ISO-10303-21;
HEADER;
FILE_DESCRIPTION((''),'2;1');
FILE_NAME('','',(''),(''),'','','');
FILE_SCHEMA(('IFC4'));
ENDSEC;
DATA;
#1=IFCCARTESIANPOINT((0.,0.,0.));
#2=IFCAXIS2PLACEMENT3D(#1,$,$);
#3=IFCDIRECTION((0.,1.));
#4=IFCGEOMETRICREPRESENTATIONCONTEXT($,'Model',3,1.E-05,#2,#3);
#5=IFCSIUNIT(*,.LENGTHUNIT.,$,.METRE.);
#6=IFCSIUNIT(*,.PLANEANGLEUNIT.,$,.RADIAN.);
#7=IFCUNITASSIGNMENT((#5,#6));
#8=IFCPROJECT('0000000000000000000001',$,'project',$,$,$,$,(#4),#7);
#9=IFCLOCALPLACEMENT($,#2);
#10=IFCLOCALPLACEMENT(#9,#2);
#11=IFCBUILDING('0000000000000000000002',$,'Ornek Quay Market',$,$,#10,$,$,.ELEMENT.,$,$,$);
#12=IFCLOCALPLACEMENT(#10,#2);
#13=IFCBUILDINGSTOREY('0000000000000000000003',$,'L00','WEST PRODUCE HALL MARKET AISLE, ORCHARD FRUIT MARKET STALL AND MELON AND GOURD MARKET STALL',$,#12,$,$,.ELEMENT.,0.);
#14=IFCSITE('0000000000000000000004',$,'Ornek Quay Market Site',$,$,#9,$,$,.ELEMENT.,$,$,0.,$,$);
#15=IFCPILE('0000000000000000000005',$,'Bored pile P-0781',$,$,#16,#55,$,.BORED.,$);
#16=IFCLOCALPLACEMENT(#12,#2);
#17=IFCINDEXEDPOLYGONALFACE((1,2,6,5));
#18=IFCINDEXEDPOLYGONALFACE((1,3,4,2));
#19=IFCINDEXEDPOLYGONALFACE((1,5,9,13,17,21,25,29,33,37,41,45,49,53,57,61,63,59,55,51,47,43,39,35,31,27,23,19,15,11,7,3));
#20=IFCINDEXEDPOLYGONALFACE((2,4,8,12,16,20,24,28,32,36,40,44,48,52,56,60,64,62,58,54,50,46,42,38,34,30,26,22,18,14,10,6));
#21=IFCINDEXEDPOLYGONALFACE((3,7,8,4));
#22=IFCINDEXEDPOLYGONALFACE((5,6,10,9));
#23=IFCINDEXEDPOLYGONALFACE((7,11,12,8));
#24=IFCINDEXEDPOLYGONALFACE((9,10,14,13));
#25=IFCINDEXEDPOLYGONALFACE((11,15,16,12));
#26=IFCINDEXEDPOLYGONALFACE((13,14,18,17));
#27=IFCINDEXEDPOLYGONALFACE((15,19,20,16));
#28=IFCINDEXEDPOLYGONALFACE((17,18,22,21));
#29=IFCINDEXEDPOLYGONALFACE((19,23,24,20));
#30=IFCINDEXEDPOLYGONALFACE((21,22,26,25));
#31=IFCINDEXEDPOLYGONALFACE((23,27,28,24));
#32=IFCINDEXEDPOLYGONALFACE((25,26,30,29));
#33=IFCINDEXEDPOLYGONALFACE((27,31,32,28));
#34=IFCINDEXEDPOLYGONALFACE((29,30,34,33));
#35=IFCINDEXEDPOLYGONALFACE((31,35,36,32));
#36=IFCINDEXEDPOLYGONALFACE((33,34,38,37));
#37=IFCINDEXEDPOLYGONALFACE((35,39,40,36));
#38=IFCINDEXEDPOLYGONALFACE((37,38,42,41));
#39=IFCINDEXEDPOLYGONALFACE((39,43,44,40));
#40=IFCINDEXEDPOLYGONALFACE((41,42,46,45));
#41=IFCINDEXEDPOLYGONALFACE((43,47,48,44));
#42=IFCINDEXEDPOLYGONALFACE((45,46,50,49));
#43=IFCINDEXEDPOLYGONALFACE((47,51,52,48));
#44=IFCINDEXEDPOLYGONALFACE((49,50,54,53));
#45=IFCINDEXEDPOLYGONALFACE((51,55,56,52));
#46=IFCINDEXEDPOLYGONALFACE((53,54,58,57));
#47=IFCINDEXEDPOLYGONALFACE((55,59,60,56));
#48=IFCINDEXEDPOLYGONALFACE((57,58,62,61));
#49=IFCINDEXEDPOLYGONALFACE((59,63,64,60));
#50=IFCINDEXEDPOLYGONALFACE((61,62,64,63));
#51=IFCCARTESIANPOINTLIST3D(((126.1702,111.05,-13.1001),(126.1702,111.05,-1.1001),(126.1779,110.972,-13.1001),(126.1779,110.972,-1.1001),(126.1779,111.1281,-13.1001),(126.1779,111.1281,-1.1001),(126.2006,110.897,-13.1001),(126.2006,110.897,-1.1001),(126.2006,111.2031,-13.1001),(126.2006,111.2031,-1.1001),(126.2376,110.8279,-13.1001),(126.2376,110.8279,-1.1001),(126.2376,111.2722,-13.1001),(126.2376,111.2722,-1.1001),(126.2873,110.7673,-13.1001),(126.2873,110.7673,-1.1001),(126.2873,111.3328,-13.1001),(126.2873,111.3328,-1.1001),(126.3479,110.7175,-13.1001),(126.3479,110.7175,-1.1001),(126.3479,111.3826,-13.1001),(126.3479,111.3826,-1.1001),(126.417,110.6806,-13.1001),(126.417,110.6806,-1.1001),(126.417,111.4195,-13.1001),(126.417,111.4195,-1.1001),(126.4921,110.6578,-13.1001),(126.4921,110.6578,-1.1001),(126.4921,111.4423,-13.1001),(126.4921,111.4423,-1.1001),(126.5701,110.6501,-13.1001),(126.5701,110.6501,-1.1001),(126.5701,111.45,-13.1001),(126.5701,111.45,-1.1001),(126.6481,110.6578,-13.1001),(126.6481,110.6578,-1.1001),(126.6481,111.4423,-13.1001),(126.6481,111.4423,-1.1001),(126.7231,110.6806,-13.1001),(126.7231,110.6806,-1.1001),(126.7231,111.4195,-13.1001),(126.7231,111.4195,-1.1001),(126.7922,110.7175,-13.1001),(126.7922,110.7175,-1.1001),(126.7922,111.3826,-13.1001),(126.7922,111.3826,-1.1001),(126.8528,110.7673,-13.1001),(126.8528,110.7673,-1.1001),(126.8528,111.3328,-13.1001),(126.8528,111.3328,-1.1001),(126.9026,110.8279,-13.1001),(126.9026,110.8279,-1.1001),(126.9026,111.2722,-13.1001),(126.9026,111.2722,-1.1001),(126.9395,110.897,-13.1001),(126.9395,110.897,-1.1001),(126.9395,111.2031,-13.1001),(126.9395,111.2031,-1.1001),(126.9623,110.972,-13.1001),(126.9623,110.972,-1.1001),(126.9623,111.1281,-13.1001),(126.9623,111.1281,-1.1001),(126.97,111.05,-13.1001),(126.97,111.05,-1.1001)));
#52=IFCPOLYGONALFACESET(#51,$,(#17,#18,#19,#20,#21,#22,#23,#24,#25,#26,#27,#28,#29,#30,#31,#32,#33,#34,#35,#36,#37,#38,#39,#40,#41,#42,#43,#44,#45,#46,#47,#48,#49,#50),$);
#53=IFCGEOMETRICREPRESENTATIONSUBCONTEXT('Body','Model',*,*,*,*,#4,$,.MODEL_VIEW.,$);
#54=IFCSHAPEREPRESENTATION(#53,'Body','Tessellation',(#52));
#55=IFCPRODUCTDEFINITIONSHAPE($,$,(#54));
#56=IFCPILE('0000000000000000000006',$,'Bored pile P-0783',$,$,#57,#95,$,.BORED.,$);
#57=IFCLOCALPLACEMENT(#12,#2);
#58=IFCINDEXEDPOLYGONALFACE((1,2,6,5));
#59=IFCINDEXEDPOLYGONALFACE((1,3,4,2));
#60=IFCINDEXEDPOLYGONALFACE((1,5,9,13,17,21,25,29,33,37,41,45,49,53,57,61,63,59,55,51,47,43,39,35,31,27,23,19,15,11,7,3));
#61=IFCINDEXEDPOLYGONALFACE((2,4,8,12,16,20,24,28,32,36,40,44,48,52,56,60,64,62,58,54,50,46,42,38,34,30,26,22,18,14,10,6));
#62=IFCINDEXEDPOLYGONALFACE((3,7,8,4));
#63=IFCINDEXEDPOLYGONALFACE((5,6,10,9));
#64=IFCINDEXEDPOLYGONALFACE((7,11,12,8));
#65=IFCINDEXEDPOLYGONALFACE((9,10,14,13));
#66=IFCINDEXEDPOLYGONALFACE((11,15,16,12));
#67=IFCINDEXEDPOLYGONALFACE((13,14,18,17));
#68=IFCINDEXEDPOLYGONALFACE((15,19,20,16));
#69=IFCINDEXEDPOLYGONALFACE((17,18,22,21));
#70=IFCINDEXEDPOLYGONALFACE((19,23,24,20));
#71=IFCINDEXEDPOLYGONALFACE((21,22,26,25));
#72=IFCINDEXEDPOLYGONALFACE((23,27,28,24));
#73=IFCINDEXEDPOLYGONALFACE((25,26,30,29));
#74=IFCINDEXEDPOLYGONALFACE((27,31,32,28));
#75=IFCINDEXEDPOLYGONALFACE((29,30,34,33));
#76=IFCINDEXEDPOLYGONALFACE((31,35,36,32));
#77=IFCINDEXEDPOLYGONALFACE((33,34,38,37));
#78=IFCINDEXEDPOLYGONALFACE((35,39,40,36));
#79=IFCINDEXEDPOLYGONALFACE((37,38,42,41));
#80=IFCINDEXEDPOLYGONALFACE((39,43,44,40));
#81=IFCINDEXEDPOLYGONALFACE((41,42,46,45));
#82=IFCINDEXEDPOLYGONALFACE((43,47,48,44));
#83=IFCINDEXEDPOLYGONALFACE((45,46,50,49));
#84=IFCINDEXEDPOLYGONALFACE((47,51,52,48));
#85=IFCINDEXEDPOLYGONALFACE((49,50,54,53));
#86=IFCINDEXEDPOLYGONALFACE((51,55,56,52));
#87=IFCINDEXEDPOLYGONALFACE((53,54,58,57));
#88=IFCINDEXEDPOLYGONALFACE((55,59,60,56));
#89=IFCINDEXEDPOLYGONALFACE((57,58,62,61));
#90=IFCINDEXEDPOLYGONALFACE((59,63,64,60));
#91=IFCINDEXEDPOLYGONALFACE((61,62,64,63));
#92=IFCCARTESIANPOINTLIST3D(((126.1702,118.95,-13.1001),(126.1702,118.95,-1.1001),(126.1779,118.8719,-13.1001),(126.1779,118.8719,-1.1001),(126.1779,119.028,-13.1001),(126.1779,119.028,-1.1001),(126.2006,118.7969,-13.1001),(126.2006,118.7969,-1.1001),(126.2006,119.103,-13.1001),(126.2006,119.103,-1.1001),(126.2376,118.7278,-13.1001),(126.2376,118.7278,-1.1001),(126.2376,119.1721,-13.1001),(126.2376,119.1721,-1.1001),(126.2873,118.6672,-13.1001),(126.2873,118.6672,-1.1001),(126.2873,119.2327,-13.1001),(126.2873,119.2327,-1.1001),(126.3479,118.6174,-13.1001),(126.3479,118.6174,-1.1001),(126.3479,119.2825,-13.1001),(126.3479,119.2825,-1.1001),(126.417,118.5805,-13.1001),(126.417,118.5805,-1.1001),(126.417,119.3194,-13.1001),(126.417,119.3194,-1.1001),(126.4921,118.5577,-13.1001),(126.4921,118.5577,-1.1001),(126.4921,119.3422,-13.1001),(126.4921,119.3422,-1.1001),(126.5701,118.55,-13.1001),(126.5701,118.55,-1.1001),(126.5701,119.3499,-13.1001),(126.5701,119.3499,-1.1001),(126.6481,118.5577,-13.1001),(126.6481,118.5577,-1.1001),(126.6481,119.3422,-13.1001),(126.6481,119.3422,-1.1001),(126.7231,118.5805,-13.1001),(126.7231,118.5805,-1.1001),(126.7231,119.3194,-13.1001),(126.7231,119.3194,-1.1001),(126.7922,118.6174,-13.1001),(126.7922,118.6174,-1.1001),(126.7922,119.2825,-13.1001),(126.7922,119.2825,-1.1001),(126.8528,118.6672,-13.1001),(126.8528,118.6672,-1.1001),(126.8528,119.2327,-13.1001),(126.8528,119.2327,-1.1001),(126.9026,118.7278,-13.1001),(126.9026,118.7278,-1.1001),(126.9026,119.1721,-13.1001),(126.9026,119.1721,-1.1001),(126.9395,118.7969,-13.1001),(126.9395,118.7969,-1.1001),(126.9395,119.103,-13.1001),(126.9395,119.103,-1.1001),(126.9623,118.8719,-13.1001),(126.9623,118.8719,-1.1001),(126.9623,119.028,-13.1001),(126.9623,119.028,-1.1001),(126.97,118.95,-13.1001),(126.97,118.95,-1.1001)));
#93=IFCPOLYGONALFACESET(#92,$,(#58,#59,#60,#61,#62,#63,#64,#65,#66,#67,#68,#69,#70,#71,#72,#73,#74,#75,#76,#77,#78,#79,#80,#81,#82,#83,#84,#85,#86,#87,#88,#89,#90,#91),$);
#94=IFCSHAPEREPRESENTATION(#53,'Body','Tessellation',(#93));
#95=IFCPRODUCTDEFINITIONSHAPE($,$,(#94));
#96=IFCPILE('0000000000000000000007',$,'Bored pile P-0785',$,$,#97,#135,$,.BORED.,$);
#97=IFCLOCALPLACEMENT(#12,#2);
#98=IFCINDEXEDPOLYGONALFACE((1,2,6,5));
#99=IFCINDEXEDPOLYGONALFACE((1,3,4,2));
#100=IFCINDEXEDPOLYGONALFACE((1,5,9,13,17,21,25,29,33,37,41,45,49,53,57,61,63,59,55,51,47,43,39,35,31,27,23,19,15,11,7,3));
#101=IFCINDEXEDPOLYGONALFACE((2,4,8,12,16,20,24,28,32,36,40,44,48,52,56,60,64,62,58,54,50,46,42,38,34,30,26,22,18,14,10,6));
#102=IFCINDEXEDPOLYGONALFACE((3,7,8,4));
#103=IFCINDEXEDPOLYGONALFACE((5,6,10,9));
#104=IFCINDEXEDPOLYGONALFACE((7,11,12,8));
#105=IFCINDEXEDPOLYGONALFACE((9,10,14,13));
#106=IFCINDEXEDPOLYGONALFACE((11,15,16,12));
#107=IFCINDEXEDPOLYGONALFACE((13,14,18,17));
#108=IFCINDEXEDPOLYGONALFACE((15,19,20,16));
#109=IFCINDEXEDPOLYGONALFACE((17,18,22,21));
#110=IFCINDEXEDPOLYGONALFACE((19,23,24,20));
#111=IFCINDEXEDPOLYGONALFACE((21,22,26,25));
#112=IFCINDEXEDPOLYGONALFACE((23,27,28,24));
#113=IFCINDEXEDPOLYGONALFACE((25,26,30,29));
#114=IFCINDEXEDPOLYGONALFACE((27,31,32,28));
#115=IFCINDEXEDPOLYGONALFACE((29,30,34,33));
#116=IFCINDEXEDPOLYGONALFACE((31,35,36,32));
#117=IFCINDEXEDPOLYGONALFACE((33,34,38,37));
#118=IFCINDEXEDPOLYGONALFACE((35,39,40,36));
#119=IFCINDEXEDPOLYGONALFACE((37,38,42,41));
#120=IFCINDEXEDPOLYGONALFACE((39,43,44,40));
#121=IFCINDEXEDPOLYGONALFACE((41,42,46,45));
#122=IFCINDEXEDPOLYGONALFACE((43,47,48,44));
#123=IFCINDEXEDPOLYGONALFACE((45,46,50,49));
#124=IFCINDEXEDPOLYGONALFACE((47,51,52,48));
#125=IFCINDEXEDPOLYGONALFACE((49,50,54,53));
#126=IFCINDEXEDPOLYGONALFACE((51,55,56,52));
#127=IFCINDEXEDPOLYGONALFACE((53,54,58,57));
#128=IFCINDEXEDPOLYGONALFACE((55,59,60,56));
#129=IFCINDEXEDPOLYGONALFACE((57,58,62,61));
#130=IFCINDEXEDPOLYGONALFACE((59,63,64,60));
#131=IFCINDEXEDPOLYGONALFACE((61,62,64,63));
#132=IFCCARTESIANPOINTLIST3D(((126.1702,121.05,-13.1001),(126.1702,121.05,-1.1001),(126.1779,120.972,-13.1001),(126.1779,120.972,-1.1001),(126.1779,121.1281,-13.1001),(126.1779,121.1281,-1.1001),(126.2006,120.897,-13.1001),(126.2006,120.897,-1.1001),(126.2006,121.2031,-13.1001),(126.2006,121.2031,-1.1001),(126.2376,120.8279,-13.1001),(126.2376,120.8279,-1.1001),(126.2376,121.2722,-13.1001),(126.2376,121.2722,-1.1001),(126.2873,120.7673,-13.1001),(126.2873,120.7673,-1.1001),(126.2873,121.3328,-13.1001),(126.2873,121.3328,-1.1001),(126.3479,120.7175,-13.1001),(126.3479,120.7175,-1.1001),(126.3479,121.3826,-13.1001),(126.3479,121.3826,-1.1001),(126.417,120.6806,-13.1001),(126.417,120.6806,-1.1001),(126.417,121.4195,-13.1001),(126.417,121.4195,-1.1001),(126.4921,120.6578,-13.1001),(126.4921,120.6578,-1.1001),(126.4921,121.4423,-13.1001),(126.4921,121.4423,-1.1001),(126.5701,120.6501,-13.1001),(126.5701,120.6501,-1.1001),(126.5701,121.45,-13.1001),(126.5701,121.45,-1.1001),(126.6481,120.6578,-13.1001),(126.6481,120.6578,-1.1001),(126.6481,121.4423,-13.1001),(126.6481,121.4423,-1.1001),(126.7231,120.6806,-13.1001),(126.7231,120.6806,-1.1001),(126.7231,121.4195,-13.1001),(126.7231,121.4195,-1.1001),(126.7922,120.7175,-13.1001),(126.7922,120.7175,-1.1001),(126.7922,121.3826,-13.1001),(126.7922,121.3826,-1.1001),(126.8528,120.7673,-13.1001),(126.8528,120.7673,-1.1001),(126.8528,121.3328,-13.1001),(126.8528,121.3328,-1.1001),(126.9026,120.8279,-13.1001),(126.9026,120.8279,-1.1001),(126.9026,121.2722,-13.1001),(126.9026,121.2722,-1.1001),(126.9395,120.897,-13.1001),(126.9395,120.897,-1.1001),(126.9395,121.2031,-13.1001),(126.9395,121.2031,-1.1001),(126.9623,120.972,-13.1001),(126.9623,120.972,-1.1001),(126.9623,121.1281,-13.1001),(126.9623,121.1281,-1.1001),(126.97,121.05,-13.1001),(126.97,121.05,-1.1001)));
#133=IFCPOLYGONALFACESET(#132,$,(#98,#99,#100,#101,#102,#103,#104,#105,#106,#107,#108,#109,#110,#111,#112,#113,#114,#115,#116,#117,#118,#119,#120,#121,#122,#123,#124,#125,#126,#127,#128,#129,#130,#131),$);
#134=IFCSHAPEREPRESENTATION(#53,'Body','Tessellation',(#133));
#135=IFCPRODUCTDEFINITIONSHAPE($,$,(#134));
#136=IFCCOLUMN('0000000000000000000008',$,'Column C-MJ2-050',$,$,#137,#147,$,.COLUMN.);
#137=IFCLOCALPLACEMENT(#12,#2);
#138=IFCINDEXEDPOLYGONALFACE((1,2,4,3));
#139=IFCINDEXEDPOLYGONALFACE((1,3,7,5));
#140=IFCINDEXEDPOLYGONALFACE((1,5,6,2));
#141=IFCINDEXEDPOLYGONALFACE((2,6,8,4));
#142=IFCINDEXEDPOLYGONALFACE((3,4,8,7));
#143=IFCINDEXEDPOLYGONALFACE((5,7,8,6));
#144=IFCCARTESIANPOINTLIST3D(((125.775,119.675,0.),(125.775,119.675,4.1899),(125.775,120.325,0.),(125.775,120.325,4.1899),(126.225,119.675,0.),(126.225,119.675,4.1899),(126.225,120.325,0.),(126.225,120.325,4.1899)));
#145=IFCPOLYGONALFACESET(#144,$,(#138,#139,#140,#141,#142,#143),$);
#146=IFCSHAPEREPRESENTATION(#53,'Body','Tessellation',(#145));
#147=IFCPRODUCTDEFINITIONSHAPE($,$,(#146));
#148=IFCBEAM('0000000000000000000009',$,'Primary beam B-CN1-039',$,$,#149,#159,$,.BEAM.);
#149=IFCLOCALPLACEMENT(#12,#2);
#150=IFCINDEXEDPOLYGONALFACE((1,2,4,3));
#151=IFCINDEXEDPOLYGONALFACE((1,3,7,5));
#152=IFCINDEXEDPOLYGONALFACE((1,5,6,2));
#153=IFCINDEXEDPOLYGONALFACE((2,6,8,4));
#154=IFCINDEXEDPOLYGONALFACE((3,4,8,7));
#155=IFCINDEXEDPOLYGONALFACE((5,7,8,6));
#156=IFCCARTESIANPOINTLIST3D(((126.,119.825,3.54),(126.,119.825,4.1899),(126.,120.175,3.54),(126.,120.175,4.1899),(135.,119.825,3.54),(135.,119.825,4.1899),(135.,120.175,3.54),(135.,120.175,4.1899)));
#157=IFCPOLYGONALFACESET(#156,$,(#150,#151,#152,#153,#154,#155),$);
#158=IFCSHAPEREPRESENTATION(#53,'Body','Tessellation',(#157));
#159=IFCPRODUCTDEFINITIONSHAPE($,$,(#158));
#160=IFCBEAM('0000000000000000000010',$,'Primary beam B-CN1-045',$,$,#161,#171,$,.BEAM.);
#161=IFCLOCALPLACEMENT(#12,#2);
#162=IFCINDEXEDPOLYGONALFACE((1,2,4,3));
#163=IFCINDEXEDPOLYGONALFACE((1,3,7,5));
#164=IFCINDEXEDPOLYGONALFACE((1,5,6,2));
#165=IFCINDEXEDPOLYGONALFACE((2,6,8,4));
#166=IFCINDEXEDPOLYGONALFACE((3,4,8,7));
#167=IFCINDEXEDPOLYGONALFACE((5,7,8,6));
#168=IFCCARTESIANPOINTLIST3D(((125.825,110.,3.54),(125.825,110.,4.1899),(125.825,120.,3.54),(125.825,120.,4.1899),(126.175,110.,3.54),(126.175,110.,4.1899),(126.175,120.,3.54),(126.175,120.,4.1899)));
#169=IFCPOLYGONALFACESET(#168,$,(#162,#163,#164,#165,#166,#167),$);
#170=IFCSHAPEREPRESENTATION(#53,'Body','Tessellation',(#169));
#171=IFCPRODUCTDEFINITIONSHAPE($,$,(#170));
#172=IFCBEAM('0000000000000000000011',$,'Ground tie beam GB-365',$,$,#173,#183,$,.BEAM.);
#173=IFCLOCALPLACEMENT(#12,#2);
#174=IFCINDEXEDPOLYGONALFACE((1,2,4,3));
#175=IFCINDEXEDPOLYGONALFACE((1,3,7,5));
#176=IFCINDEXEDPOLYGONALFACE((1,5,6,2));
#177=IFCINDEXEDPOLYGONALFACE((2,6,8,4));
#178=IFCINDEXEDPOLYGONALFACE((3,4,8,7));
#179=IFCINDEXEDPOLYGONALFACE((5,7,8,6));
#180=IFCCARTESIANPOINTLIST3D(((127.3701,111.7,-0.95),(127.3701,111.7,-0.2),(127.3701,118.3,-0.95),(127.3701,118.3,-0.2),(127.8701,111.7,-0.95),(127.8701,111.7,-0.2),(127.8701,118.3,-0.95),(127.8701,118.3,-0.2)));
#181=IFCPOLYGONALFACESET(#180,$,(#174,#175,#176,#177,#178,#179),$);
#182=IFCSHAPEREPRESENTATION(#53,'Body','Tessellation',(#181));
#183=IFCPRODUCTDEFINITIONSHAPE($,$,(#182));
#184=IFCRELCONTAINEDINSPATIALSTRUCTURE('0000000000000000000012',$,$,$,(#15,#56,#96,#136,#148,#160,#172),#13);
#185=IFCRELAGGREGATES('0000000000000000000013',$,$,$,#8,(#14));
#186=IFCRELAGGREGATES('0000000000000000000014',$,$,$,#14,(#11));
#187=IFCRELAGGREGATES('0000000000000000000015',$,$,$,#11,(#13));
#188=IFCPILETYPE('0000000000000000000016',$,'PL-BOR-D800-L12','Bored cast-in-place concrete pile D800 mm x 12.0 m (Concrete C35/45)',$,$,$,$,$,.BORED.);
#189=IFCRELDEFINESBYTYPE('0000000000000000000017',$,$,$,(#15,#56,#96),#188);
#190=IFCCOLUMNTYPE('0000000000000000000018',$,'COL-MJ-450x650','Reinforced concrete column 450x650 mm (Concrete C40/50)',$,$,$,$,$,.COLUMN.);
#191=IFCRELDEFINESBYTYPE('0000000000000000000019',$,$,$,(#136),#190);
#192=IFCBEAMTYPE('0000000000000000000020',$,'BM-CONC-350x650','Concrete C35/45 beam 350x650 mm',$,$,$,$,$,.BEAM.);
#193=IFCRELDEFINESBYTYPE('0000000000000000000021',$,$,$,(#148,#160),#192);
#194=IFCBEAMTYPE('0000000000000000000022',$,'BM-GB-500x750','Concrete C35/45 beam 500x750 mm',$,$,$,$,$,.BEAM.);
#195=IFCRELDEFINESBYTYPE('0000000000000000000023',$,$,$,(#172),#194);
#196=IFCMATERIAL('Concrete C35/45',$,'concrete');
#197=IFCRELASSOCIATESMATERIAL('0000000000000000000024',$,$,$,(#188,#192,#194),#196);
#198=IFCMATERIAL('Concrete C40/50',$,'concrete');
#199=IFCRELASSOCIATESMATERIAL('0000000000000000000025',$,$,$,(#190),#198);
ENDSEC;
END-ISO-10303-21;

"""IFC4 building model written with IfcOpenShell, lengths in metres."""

from ifc_helpers import new_model, si_unit, direction, frame, origin, origin_2d, place, context, subcontext, project, spatial, rectangle, circle, extrude, material, material_profile, profile_set, type_object, element, save


model = new_model("IFC4")

# Units and contexts
model_context = context("Model", 3, precision=1e-05, world=origin(), true_north=direction((0.0, 1.0)))
body_context = subcontext(model_context, "Body", "Model", "MODEL_VIEW")
ifc_project = project(units=[si_unit("LENGTHUNIT", "METRE"), si_unit("PLANEANGLEUNIT", "RADIAN")], contexts=[model_context])

# Site, building, storey
site_placement = place(None, origin())
site = spatial("IfcSite", under=ifc_project, at=site_placement, Name="Ornek Quay Market Site", CompositionType="ELEMENT", RefElevation=0.0)
building_placement = place(site_placement, origin())
building = spatial("IfcBuilding", under=site, at=building_placement, Name="Ornek Quay Market", CompositionType="ELEMENT")
storey_placement = place(building_placement, origin())
storey = spatial("IfcBuildingStorey", under=building, at=storey_placement, Name="L00", Description="WEST PRODUCE HALL MARKET AISLE, ORCHARD FRUIT MARKET STALL AND MELON AND GOURD MARKET STALL", CompositionType="ELEMENT", Elevation=0.0)

# Piles
ifc_material_1 = material(Name="Concrete C35/45", Category="concrete")
ifc_material_profile_1 = material_profile(ifc_material_1, circle(Radius=0.3999, at=origin_2d()), Name="PILE D800", Category="concrete")
ifc_profile_set_1 = profile_set([ifc_material_profile_1], Name="Concrete C35/45")
pile_type = type_object("IfcPileType", Name="PL-BOR-D800-L12", Description="Bored cast-in-place concrete pile D800 mm x 12.0 m (Concrete C35/45)", PredefinedType="BORED", material=ifc_profile_set_1)
for number, where, z_axis, x_axis, name in (
    (1, (126.5701, 111.05, -1.1001), (0.0, 0.0, -1.0), (1.0, 0.0, 0.0), "Bored pile P-0781"),
    (2, (126.5701, 118.95, -1.1001), (0.0, 0.0, -1.0), (1.0, 0.0, 0.0), "Bored pile P-0783"),
    (3, (126.5701, 121.05, -1.1001), (0.0, 0.0, -1.0), (1.0, 0.0, 0.0), "Bored pile P-0785"),
):
    element("IfcPile", number, at=place(storey_placement, frame(where, z_axis=z_axis, x_axis=x_axis)), inside=storey, type_object=pile_type, Name=name, PredefinedType="BORED", context=body_context, shape_type="SweptSolid", body=[
        extrude(circle(Radius=0.3999, at=origin_2d()), origin(), (0.0, 0.0, 1.0), 12.0),
    ])

# Column
ifc_material_2 = material(Name="Concrete C40/50", Category="concrete")
ifc_material_profile_2 = material_profile(ifc_material_2, rectangle(XDim=0.45, YDim=0.6499, at=origin_2d()), Name="RC 450x650", Category="concrete")
ifc_profile_set_2 = profile_set([ifc_material_profile_2], Name="Concrete C40/50")
column_type = type_object("IfcColumnType", Name="COL-MJ-450x650", Description="Reinforced concrete column 450x650 mm (Concrete C40/50)", PredefinedType="COLUMN", material=ifc_profile_set_2)
column_placement = place(storey_placement, frame((126.0, 120.0, 0.0), z_axis=(0.0, 0.0, 1.0), x_axis=(1.0, 0.0, 0.0)))
element("IfcColumn", 4, at=column_placement, inside=storey, type_object=column_type, Name="Column C-MJ2-050", PredefinedType="COLUMN", context=body_context, shape_type="SweptSolid", body=[
    extrude(rectangle(XDim=0.45, YDim=0.6499, at=origin_2d()), origin(), (0.0, 0.0, 1.0), 4.1899),
])

# Beams
ifc_material_profile_3 = material_profile(ifc_material_1, rectangle(XDim=0.3501, YDim=0.6499, at=origin_2d()), Name="RC 350x650", Category="concrete")
ifc_profile_set_3 = profile_set([ifc_material_profile_3], Name="Concrete C35/45")
beam_type_1 = type_object("IfcBeamType", Name="BM-CONC-350x650", Description="Concrete C35/45 beam 350x650 mm", PredefinedType="BEAM", material=ifc_profile_set_3)
beam_1_placement = place(storey_placement, frame((126.0, 120.0, 3.865), z_axis=(1.0, 0.0, 0.0), x_axis=(0.0, 1.0, 0.0)))
element("IfcBeam", 5, at=beam_1_placement, inside=storey, type_object=beam_type_1, Name="Primary beam B-CN1-039", PredefinedType="BEAM", context=body_context, shape_type="SweptSolid", body=[
    extrude(rectangle(XDim=0.3501, YDim=0.6499, at=origin_2d()), origin(), (0.0, 0.0, 1.0), 9.0),
])
beam_2_placement = place(storey_placement, frame((126.0, 110.0, 3.865), z_axis=(0.0, 1.0, 0.0), x_axis=(-1.0, 0.0, 0.0)))
element("IfcBeam", 6, at=beam_2_placement, inside=storey, type_object=beam_type_1, Name="Primary beam B-CN1-045", PredefinedType="BEAM", context=body_context, shape_type="SweptSolid", body=[
    extrude(rectangle(XDim=0.3501, YDim=0.6499, at=origin_2d()), origin(), (0.0, 0.0, 1.0), 10.0),
])
ifc_material_profile_4 = material_profile(ifc_material_1, rectangle(XDim=0.5, YDim=0.75, at=origin_2d()), Name="RC 500x750", Category="concrete")
ifc_profile_set_4 = profile_set([ifc_material_profile_4], Name="Concrete C35/45")
beam_type_2 = type_object("IfcBeamType", Name="BM-GB-500x750", Description="Concrete C35/45 beam 500x750 mm", PredefinedType="BEAM", material=ifc_profile_set_4)
beam_3_placement = place(storey_placement, frame((127.6201, 111.7, -0.575), z_axis=(0.0, 1.0, 0.0), x_axis=(-1.0, 0.0, 0.0)))
element("IfcBeam", 7, at=beam_3_placement, inside=storey, type_object=beam_type_2, Name="Ground tie beam GB-365", PredefinedType="BEAM", context=body_context, shape_type="SweptSolid", body=[
    extrude(rectangle(XDim=0.5, YDim=0.75, at=origin_2d()), origin(), (0.0, 0.0, 1.0), 6.6001),
])

save(model, "model.ifc")
